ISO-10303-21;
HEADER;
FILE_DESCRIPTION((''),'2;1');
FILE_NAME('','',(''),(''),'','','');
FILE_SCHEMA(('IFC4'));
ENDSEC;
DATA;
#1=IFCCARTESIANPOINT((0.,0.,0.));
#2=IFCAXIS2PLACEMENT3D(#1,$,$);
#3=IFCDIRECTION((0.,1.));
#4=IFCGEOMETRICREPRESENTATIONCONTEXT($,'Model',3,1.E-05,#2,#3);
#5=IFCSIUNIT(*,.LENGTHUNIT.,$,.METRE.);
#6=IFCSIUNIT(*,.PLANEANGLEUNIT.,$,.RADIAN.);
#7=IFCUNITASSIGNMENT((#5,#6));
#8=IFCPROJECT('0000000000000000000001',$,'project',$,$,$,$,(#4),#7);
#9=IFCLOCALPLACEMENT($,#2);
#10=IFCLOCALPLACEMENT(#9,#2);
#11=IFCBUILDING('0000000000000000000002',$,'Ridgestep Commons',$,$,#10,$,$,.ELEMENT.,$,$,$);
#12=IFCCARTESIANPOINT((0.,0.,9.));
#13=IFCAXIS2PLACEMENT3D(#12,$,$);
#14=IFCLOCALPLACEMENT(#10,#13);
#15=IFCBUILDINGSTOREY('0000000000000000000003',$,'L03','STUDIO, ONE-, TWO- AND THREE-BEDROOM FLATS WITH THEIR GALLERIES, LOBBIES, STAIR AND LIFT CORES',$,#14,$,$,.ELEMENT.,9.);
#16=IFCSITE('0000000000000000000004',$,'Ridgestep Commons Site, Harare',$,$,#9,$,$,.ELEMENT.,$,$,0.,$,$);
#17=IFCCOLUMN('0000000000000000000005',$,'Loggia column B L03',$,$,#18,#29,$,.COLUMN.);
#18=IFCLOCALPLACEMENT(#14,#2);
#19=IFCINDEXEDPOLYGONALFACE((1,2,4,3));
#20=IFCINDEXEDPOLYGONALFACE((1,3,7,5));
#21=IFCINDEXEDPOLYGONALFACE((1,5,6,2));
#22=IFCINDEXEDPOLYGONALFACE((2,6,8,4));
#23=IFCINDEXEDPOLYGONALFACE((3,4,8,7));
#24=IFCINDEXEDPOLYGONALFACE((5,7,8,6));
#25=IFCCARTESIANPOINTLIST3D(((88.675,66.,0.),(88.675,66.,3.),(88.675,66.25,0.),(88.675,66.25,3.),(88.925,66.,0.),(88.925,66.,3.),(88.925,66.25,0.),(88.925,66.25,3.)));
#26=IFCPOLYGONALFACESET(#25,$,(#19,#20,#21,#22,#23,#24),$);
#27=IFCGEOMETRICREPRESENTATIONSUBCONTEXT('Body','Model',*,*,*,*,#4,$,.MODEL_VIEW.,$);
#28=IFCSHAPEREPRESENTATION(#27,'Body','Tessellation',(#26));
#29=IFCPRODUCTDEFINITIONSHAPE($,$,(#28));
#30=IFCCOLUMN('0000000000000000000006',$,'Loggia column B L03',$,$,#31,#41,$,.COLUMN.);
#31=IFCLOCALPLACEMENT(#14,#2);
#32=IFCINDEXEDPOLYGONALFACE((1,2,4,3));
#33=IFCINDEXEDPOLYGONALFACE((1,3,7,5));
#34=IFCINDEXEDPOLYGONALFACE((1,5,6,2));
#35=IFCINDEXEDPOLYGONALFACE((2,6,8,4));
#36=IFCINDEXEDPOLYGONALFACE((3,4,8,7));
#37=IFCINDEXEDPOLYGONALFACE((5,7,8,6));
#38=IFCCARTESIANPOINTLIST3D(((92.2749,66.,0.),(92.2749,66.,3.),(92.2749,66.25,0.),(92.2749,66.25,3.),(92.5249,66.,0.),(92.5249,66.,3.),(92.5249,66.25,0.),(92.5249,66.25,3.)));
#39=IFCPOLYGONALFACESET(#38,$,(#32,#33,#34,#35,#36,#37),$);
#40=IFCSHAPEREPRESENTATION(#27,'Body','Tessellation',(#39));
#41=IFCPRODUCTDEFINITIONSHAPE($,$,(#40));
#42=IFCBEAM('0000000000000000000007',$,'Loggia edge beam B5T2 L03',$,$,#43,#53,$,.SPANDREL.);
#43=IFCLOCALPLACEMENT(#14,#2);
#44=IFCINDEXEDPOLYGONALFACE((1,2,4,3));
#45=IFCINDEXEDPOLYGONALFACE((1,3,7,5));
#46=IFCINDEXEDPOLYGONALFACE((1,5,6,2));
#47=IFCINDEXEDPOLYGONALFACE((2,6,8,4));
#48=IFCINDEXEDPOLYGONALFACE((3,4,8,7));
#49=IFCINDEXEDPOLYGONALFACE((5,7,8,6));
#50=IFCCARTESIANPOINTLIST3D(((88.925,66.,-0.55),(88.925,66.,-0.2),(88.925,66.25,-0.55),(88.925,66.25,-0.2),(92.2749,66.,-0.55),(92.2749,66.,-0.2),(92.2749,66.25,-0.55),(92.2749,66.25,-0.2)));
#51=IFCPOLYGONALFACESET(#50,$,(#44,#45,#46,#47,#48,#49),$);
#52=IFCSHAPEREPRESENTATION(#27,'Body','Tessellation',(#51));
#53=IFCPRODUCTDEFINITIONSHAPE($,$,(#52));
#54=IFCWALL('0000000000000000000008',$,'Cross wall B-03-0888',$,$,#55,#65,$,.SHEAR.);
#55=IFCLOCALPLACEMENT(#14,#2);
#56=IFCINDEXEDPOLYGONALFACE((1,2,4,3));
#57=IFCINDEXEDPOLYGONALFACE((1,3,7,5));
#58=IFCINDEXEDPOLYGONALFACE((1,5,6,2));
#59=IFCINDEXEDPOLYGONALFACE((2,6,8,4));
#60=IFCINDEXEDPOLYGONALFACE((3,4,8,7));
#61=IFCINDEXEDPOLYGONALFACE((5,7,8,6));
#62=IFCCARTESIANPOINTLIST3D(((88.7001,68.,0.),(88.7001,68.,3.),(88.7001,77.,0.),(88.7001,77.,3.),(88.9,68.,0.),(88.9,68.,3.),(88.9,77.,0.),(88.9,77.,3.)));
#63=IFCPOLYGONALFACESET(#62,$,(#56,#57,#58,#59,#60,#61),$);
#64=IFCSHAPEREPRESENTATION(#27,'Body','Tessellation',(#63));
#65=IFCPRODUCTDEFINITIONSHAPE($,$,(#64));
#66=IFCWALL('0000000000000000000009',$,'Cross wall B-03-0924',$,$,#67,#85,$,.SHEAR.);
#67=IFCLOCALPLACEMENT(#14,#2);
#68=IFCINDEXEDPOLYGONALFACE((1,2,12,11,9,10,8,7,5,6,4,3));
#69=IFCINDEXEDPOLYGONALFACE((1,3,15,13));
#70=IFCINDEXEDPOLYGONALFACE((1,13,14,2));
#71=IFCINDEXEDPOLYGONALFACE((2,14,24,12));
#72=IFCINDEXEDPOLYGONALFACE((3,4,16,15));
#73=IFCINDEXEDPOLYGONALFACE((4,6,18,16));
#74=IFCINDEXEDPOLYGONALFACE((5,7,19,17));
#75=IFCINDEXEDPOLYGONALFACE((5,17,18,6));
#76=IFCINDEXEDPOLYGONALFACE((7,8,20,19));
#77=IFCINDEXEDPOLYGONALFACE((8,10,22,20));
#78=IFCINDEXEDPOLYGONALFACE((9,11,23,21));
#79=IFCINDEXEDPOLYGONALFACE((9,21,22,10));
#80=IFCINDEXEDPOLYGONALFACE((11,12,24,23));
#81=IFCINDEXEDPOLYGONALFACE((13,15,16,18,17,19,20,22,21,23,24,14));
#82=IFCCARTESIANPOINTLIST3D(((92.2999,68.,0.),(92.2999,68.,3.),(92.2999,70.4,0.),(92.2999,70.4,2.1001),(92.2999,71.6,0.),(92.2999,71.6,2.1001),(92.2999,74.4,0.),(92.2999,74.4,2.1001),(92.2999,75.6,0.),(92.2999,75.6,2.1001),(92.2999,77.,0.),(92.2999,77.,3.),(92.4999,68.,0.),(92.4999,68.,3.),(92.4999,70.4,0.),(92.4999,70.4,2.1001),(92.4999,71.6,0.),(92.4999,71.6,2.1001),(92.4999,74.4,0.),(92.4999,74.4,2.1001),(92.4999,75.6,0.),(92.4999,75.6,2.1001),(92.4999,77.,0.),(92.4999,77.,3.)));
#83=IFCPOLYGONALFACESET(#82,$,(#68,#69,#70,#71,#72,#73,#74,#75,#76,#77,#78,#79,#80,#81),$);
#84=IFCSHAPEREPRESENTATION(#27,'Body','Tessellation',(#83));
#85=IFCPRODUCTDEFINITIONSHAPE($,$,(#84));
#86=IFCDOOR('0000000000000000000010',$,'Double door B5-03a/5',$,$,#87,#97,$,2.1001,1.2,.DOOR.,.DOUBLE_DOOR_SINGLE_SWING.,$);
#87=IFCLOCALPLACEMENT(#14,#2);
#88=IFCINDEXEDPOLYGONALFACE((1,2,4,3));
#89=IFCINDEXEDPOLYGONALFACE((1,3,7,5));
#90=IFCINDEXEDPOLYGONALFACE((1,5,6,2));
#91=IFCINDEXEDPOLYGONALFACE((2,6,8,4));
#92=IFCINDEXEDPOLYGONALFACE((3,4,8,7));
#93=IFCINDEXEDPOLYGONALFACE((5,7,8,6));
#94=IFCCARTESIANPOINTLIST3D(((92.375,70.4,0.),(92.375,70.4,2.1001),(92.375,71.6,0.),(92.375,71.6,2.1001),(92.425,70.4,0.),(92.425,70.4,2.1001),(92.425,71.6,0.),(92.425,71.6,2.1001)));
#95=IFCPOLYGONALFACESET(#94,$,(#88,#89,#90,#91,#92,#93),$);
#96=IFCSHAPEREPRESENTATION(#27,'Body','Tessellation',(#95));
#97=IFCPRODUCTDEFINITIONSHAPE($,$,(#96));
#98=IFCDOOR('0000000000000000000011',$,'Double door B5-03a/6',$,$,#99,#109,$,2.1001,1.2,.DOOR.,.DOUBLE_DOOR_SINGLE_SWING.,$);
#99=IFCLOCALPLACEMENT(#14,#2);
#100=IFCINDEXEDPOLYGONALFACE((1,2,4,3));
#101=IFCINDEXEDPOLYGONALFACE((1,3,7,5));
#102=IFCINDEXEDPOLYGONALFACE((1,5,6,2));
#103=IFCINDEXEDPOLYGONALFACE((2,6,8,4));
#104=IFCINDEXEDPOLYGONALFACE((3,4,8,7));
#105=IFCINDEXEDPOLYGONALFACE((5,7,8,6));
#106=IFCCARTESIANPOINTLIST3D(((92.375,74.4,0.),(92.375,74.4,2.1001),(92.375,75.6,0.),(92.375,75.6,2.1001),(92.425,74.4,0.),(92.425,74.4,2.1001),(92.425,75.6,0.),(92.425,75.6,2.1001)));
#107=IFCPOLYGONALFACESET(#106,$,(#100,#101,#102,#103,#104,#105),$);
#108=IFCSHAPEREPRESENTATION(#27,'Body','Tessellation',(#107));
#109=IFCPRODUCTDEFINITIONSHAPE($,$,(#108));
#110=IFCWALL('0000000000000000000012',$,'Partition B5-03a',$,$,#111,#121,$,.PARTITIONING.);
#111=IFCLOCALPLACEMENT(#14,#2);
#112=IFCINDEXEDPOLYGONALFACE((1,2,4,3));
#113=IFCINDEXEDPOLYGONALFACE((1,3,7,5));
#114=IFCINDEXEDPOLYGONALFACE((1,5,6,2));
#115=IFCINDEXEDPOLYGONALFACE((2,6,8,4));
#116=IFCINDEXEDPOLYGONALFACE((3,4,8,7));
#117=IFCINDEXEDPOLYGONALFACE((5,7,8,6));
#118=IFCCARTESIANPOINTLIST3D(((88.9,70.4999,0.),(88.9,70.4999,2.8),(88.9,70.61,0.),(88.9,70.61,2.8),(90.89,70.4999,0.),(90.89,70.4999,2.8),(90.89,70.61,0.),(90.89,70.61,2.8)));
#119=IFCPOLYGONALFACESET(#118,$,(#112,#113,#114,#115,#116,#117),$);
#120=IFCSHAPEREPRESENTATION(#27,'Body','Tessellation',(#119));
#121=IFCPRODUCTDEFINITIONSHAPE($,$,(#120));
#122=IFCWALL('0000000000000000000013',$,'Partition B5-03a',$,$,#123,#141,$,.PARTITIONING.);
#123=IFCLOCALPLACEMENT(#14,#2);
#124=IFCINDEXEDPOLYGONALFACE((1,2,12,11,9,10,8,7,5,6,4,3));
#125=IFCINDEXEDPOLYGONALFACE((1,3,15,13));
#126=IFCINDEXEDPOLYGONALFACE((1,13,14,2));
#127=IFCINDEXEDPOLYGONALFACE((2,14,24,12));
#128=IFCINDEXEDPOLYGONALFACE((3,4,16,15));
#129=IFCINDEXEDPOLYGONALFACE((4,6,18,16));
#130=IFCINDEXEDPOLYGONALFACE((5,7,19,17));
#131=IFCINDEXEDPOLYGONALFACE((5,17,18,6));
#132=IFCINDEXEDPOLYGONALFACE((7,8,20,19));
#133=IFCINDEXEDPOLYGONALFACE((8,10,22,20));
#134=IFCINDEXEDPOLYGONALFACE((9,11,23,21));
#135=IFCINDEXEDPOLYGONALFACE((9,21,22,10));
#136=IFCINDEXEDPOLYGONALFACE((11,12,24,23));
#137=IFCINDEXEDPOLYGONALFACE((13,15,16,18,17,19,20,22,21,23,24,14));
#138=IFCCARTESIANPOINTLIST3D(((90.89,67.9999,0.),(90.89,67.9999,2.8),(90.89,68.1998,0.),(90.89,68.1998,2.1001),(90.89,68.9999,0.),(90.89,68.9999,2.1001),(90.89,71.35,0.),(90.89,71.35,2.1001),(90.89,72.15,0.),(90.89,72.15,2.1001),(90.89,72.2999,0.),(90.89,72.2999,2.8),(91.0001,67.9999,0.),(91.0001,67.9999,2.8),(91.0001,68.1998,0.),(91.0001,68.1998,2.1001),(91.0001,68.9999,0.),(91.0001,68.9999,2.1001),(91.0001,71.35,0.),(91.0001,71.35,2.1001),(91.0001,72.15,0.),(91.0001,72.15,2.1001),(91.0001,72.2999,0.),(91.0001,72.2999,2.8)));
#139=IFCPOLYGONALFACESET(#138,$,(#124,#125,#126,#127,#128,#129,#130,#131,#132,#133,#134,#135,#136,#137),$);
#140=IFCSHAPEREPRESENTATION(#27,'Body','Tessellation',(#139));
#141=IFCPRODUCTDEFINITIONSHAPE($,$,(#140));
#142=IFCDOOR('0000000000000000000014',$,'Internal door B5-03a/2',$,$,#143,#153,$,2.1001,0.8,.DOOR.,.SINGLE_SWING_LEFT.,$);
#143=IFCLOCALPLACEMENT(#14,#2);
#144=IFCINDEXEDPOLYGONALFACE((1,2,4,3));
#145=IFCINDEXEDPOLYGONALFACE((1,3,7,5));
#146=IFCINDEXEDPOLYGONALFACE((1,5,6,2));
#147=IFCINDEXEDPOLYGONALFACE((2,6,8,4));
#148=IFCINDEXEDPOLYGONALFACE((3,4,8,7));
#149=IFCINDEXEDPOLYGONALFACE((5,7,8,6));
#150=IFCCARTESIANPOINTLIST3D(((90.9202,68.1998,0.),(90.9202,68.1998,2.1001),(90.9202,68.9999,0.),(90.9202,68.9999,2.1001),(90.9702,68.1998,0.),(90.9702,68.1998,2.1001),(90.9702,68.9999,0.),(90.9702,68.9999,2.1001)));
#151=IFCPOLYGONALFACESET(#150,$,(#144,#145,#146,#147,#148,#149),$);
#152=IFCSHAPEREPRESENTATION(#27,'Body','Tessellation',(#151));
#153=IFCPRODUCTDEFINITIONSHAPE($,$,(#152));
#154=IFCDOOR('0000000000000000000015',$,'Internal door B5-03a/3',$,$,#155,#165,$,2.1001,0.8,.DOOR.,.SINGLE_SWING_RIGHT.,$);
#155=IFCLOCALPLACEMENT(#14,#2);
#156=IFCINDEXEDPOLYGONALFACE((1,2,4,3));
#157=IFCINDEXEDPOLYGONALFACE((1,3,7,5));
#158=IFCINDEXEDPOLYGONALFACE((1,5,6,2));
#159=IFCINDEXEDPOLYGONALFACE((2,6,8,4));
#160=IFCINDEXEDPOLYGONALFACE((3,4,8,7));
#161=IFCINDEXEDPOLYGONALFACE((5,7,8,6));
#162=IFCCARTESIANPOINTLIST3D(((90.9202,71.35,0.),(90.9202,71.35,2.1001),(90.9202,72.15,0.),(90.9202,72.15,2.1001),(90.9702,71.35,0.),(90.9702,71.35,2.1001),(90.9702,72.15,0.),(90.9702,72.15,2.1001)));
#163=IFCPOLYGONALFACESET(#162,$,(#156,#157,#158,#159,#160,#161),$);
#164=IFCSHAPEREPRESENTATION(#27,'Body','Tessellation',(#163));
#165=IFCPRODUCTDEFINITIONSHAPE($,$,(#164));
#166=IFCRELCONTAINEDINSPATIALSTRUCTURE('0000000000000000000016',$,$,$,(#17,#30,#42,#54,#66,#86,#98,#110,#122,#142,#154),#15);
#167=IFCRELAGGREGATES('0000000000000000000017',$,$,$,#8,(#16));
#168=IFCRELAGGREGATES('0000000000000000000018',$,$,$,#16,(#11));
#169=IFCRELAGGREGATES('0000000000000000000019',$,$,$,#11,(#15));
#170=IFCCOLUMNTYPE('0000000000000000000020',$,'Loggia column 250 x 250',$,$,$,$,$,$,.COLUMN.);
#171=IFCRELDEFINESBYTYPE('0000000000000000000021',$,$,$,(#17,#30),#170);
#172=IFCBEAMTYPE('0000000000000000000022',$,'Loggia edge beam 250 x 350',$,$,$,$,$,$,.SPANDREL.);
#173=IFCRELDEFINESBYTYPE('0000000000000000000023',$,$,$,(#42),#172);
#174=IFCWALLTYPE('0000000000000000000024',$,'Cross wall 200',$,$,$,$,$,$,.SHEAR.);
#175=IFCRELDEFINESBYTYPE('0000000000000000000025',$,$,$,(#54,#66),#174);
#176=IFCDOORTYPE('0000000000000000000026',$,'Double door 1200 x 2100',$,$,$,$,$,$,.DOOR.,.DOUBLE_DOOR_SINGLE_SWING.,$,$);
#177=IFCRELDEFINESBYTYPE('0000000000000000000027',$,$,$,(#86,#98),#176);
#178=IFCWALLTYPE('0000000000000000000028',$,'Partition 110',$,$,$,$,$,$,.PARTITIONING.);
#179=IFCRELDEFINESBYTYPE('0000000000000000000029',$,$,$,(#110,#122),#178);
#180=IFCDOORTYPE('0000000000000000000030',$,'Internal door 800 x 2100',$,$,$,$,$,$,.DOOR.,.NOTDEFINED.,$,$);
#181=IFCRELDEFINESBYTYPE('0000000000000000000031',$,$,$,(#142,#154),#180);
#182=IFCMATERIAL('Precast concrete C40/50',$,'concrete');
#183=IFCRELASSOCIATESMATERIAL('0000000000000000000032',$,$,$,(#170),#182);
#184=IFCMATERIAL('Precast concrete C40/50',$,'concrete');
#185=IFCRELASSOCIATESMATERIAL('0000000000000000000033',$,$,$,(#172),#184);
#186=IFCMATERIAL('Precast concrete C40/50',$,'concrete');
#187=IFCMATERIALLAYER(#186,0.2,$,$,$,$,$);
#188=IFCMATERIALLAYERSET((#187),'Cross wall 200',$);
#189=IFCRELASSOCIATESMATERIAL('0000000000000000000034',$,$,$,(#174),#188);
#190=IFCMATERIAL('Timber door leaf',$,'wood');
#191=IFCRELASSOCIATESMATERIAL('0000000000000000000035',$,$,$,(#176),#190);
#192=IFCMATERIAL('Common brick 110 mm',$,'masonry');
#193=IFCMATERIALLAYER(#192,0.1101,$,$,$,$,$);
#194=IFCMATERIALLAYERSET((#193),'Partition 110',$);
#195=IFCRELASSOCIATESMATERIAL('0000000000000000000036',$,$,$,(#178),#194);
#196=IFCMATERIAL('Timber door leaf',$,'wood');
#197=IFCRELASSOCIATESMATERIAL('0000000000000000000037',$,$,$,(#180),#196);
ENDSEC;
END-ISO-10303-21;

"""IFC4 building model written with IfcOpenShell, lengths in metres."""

from ifc_helpers import new_model, si_unit, direction, frame, frame_2d, origin, origin_2d, place, context, subcontext, project, spatial, rectangle, extrude, material, layer, layer_set, material_profile, profile_set, type_object, element, fill, save


model = new_model("IFC4")

# Units and contexts
model_context = context("Model", 3, precision=1e-05, world=origin(), true_north=direction((0.0, 1.0)))
body_context = subcontext(model_context, "Body", "Model", "MODEL_VIEW")
ifc_project = project(units=[si_unit("LENGTHUNIT", "METRE"), si_unit("PLANEANGLEUNIT", "RADIAN")], contexts=[model_context])

# Site, building, storey
site_placement = place(None, origin())
site = spatial("IfcSite", under=ifc_project, at=site_placement, Name="Ridgestep Commons Site, Harare", CompositionType="ELEMENT", RefElevation=0.0)
building_placement = place(site_placement, origin())
building = spatial("IfcBuilding", under=site, at=building_placement, Name="Ridgestep Commons", CompositionType="ELEMENT")
storey_placement = place(building_placement, frame((0.0, 0.0, 9.0)))
storey = spatial("IfcBuildingStorey", under=building, at=storey_placement, Name="L03", Description="STUDIO, ONE-, TWO- AND THREE-BEDROOM FLATS WITH THEIR GALLERIES, LOBBIES, STAIR AND LIFT CORES", CompositionType="ELEMENT", Elevation=9.0)

# Columns
ifc_material_1 = material(Name="Precast concrete C40/50", Category="concrete")
ifc_material_profile_1 = material_profile(ifc_material_1, rectangle(XDim=0.25, YDim=0.25, at=origin_2d()), Name="PC 250x250")
ifc_profile_set_1 = profile_set([ifc_material_profile_1], Name="Precast concrete C40/50")
column_type = type_object("IfcColumnType", Name="Loggia column 250 x 250", PredefinedType="COLUMN", material=ifc_profile_set_1)
for number, where, z_axis, x_axis, name in (
    (1, (88.8, 66.125, 0.0), (0.0, 0.0, 1.0), (1.0, 0.0, 0.0), "Loggia column B L03"),
    (2, (92.3999, 66.125, 0.0), (0.0, 0.0, 1.0), (1.0, 0.0, 0.0), "Loggia column B L03"),
):
    element("IfcColumn", number, at=place(storey_placement, frame(where, z_axis=z_axis, x_axis=x_axis)), inside=storey, type_object=column_type, Name=name, PredefinedType="COLUMN", context=body_context, shape_type="SweptSolid", body=[
        extrude(rectangle(XDim=0.25, YDim=0.25, at=origin_2d()), origin(), (0.0, 0.0, 1.0), 3.0),
    ])

# Beam
ifc_material_2 = material(Name="Precast concrete C40/50", Category="concrete")
ifc_material_profile_2 = material_profile(ifc_material_2, rectangle(XDim=0.25, YDim=0.3501, at=origin_2d()), Name="PC 250x350")
ifc_profile_set_2 = profile_set([ifc_material_profile_2], Name="Precast concrete C40/50")
beam_type = type_object("IfcBeamType", Name="Loggia edge beam 250 x 350", PredefinedType="SPANDREL", material=ifc_profile_set_2)
beam_placement = place(storey_placement, frame((88.925, 66.125, -0.375), z_axis=(1.0, 0.0, 0.0), x_axis=(0.0, 1.0, 0.0)))
element("IfcBeam", 3, at=beam_placement, inside=storey, type_object=beam_type, Name="Loggia edge beam B5T2 L03", PredefinedType="SPANDREL", context=body_context, shape_type="SweptSolid", body=[
    extrude(rectangle(XDim=0.25, YDim=0.3501, at=origin_2d()), origin(), (0.0, 0.0, 1.0), 3.3499),
])

# Wall
ifc_material_3 = material(Name="Precast concrete C40/50", Category="concrete")
ifc_layer_1 = layer(ifc_material_3, 0.2)
ifc_layer_set_1 = layer_set([ifc_layer_1], Name="Cross wall 200")
wall_type_1 = type_object("IfcWallType", Name="Cross wall 200", PredefinedType="SHEAR", material=ifc_layer_set_1)
wall_1_placement = place(storey_placement, frame((88.8, 68.0, 0.0), z_axis=(0.0, 0.0, 1.0), x_axis=(0.0, 1.0, 0.0)))
element("IfcWall", 4, at=wall_1_placement, inside=storey, type_object=wall_type_1, Name="Cross wall B-03-0888", PredefinedType="SHEAR", context=body_context, shape_type="SweptSolid", body=[
    extrude(rectangle(XDim=9.0, YDim=0.2, at=frame_2d((4.5, 0.0))), origin(), (0.0, 0.0, 1.0), 3.0),
])

# Wall, openings, doors
wall_2_placement = place(storey_placement, frame((92.3999, 68.0, 0.0), z_axis=(0.0, 0.0, 1.0), x_axis=(0.0, 1.0, 0.0)))
wall_2 = element("IfcWall", 5, at=wall_2_placement, inside=storey, type_object=wall_type_1, Name="Cross wall B-03-0924", PredefinedType="SHEAR", context=body_context, shape_type="SweptSolid", body=[
    extrude(rectangle(XDim=9.0, YDim=0.2, at=frame_2d((4.5, 0.0))), origin(), (0.0, 0.0, 1.0), 3.0),
])
opening_1_placement = place(wall_2_placement, frame((2.3999, 0.0, 0.0)))
opening_1 = element("IfcOpeningElement", 6, at=opening_1_placement, cuts=wall_2, PredefinedType="OPENING", context=body_context, shape_type="SweptSolid", body=[
    extrude(rectangle(XDim=1.2, YDim=2.1001, at=frame_2d((0.6001, 1.05))), frame((0.0, 0.1099, 0.0), z_axis=(0.0, -1.0, 0.0), x_axis=(1.0, 0.0, 0.0)), (0.0, 0.0, 1.0), 0.22),
])
opening_2_placement = place(wall_2_placement, frame((6.3999, 0.0, 0.0)))
opening_2 = element("IfcOpeningElement", 7, at=opening_2_placement, cuts=wall_2, PredefinedType="OPENING", context=body_context, shape_type="SweptSolid", body=[
    extrude(rectangle(XDim=1.2, YDim=2.1001, at=frame_2d((0.6001, 1.05))), frame((0.0, 0.1099, 0.0), z_axis=(0.0, -1.0, 0.0), x_axis=(1.0, 0.0, 0.0)), (0.0, 0.0, 1.0), 0.22),
])
ifc_material_4 = material(Name="Timber door leaf", Category="wood")
door_type_1 = type_object("IfcDoorType", Name="Double door 1200 x 2100", OperationType="DOUBLE_DOOR_SINGLE_SWING", PredefinedType="DOOR", material=ifc_material_4)
door_1_placement = place(opening_1_placement, origin())
door_1 = element("IfcDoor", 8, at=door_1_placement, inside=storey, type_object=door_type_1, Name="Double door B5-03a/5", OperationType="DOUBLE_DOOR_SINGLE_SWING", OverallHeight=2.1001, OverallWidth=1.2, PredefinedType="DOOR", context=body_context, shape_type="SweptSolid", body=[
    extrude(rectangle(XDim=1.2, YDim=2.1001, at=frame_2d((0.6001, 1.05))), frame((0.0, 0.0249, 0.0), z_axis=(0.0, -1.0, 0.0), x_axis=(1.0, 0.0, 0.0)), (0.0, 0.0, 1.0), 0.05),
])
fill(opening_1, door_1)
door_2_placement = place(opening_2_placement, origin())
door_2 = element("IfcDoor", 9, at=door_2_placement, inside=storey, type_object=door_type_1, Name="Double door B5-03a/6", OperationType="DOUBLE_DOOR_SINGLE_SWING", OverallHeight=2.1001, OverallWidth=1.2, PredefinedType="DOOR", context=body_context, shape_type="SweptSolid", body=[
    extrude(rectangle(XDim=1.2, YDim=2.1001, at=frame_2d((0.6001, 1.05))), frame((0.0, 0.0249, 0.0), z_axis=(0.0, -1.0, 0.0), x_axis=(1.0, 0.0, 0.0)), (0.0, 0.0, 1.0), 0.05),
])
fill(opening_2, door_2)

# Wall
ifc_material_5 = material(Name="Common brick 110 mm", Category="masonry")
ifc_layer_2 = layer(ifc_material_5, 0.1101)
ifc_layer_set_2 = layer_set([ifc_layer_2], Name="Partition 110")
wall_type_2 = type_object("IfcWallType", Name="Partition 110", PredefinedType="PARTITIONING", material=ifc_layer_set_2)
wall_3_placement = place(storey_placement, frame((88.8999, 70.5549, 0.0), z_axis=(0.0, 0.0, 1.0), x_axis=(1.0, 0.0, 0.0)))
element("IfcWall", 10, at=wall_3_placement, inside=storey, type_object=wall_type_2, Name="Partition B5-03a", PredefinedType="PARTITIONING", context=body_context, shape_type="SweptSolid", body=[
    extrude(rectangle(XDim=1.99, YDim=0.1101, at=frame_2d((0.9951, 0.0))), origin(), (0.0, 0.0, 1.0), 2.8),
])

# Wall, openings, doors
wall_4_placement = place(storey_placement, frame((90.9451, 68.0, 0.0), z_axis=(0.0, 0.0, 1.0), x_axis=(0.0, 1.0, 0.0)))
wall_4 = element("IfcWall", 11, at=wall_4_placement, inside=storey, type_object=wall_type_2, Name="Partition B5-03a", PredefinedType="PARTITIONING", context=body_context, shape_type="SweptSolid", body=[
    extrude(rectangle(XDim=4.3, YDim=0.1101, at=frame_2d((2.1499, 0.0))), origin(), (0.0, 0.0, 1.0), 2.8),
])
opening_3_placement = place(wall_4_placement, frame((0.2, 0.0, 0.0)))
opening_3 = element("IfcOpeningElement", 12, at=opening_3_placement, cuts=wall_4, PredefinedType="OPENING", context=body_context, shape_type="SweptSolid", body=[
    extrude(rectangle(XDim=0.8, YDim=2.1001, at=frame_2d((0.3999, 1.05))), frame((0.0, 0.0649, 0.0), z_axis=(0.0, -1.0, 0.0), x_axis=(1.0, 0.0, 0.0)), (0.0, 0.0, 1.0), 0.1301),
])
opening_4_placement = place(wall_4_placement, frame((3.3501, 0.0, 0.0)))
opening_4 = element("IfcOpeningElement", 13, at=opening_4_placement, cuts=wall_4, PredefinedType="OPENING", context=body_context, shape_type="SweptSolid", body=[
    extrude(rectangle(XDim=0.8, YDim=2.1001, at=frame_2d((0.3999, 1.05))), frame((0.0, 0.0649, 0.0), z_axis=(0.0, -1.0, 0.0), x_axis=(1.0, 0.0, 0.0)), (0.0, 0.0, 1.0), 0.1301),
])
ifc_material_6 = material(Name="Timber door leaf", Category="wood")
door_type_2 = type_object("IfcDoorType", Name="Internal door 800 x 2100", OperationType="NOTDEFINED", PredefinedType="DOOR", material=ifc_material_6)
door_3_placement = place(opening_3_placement, origin())
door_3 = element("IfcDoor", 14, at=door_3_placement, inside=storey, type_object=door_type_2, Name="Internal door B5-03a/2", OperationType="SINGLE_SWING_LEFT", OverallHeight=2.1001, OverallWidth=0.8, PredefinedType="DOOR", context=body_context, shape_type="SweptSolid", body=[
    extrude(rectangle(XDim=0.8, YDim=2.1001, at=frame_2d((0.3999, 1.05))), frame((0.0, 0.0249, 0.0), z_axis=(0.0, -1.0, 0.0), x_axis=(1.0, 0.0, 0.0)), (0.0, 0.0, 1.0), 0.05),
])
fill(opening_3, door_3)
door_4_placement = place(opening_4_placement, origin())
door_4 = element("IfcDoor", 15, at=door_4_placement, inside=storey, type_object=door_type_2, Name="Internal door B5-03a/3", OperationType="SINGLE_SWING_RIGHT", OverallHeight=2.1001, OverallWidth=0.8, PredefinedType="DOOR", context=body_context, shape_type="SweptSolid", body=[
    extrude(rectangle(XDim=0.8, YDim=2.1001, at=frame_2d((0.3999, 1.05))), frame((0.0, 0.0249, 0.0), z_axis=(0.0, -1.0, 0.0), x_axis=(1.0, 0.0, 0.0)), (0.0, 0.0, 1.0), 0.05),
])
fill(opening_4, door_4)

save(model, "model.ifc")
